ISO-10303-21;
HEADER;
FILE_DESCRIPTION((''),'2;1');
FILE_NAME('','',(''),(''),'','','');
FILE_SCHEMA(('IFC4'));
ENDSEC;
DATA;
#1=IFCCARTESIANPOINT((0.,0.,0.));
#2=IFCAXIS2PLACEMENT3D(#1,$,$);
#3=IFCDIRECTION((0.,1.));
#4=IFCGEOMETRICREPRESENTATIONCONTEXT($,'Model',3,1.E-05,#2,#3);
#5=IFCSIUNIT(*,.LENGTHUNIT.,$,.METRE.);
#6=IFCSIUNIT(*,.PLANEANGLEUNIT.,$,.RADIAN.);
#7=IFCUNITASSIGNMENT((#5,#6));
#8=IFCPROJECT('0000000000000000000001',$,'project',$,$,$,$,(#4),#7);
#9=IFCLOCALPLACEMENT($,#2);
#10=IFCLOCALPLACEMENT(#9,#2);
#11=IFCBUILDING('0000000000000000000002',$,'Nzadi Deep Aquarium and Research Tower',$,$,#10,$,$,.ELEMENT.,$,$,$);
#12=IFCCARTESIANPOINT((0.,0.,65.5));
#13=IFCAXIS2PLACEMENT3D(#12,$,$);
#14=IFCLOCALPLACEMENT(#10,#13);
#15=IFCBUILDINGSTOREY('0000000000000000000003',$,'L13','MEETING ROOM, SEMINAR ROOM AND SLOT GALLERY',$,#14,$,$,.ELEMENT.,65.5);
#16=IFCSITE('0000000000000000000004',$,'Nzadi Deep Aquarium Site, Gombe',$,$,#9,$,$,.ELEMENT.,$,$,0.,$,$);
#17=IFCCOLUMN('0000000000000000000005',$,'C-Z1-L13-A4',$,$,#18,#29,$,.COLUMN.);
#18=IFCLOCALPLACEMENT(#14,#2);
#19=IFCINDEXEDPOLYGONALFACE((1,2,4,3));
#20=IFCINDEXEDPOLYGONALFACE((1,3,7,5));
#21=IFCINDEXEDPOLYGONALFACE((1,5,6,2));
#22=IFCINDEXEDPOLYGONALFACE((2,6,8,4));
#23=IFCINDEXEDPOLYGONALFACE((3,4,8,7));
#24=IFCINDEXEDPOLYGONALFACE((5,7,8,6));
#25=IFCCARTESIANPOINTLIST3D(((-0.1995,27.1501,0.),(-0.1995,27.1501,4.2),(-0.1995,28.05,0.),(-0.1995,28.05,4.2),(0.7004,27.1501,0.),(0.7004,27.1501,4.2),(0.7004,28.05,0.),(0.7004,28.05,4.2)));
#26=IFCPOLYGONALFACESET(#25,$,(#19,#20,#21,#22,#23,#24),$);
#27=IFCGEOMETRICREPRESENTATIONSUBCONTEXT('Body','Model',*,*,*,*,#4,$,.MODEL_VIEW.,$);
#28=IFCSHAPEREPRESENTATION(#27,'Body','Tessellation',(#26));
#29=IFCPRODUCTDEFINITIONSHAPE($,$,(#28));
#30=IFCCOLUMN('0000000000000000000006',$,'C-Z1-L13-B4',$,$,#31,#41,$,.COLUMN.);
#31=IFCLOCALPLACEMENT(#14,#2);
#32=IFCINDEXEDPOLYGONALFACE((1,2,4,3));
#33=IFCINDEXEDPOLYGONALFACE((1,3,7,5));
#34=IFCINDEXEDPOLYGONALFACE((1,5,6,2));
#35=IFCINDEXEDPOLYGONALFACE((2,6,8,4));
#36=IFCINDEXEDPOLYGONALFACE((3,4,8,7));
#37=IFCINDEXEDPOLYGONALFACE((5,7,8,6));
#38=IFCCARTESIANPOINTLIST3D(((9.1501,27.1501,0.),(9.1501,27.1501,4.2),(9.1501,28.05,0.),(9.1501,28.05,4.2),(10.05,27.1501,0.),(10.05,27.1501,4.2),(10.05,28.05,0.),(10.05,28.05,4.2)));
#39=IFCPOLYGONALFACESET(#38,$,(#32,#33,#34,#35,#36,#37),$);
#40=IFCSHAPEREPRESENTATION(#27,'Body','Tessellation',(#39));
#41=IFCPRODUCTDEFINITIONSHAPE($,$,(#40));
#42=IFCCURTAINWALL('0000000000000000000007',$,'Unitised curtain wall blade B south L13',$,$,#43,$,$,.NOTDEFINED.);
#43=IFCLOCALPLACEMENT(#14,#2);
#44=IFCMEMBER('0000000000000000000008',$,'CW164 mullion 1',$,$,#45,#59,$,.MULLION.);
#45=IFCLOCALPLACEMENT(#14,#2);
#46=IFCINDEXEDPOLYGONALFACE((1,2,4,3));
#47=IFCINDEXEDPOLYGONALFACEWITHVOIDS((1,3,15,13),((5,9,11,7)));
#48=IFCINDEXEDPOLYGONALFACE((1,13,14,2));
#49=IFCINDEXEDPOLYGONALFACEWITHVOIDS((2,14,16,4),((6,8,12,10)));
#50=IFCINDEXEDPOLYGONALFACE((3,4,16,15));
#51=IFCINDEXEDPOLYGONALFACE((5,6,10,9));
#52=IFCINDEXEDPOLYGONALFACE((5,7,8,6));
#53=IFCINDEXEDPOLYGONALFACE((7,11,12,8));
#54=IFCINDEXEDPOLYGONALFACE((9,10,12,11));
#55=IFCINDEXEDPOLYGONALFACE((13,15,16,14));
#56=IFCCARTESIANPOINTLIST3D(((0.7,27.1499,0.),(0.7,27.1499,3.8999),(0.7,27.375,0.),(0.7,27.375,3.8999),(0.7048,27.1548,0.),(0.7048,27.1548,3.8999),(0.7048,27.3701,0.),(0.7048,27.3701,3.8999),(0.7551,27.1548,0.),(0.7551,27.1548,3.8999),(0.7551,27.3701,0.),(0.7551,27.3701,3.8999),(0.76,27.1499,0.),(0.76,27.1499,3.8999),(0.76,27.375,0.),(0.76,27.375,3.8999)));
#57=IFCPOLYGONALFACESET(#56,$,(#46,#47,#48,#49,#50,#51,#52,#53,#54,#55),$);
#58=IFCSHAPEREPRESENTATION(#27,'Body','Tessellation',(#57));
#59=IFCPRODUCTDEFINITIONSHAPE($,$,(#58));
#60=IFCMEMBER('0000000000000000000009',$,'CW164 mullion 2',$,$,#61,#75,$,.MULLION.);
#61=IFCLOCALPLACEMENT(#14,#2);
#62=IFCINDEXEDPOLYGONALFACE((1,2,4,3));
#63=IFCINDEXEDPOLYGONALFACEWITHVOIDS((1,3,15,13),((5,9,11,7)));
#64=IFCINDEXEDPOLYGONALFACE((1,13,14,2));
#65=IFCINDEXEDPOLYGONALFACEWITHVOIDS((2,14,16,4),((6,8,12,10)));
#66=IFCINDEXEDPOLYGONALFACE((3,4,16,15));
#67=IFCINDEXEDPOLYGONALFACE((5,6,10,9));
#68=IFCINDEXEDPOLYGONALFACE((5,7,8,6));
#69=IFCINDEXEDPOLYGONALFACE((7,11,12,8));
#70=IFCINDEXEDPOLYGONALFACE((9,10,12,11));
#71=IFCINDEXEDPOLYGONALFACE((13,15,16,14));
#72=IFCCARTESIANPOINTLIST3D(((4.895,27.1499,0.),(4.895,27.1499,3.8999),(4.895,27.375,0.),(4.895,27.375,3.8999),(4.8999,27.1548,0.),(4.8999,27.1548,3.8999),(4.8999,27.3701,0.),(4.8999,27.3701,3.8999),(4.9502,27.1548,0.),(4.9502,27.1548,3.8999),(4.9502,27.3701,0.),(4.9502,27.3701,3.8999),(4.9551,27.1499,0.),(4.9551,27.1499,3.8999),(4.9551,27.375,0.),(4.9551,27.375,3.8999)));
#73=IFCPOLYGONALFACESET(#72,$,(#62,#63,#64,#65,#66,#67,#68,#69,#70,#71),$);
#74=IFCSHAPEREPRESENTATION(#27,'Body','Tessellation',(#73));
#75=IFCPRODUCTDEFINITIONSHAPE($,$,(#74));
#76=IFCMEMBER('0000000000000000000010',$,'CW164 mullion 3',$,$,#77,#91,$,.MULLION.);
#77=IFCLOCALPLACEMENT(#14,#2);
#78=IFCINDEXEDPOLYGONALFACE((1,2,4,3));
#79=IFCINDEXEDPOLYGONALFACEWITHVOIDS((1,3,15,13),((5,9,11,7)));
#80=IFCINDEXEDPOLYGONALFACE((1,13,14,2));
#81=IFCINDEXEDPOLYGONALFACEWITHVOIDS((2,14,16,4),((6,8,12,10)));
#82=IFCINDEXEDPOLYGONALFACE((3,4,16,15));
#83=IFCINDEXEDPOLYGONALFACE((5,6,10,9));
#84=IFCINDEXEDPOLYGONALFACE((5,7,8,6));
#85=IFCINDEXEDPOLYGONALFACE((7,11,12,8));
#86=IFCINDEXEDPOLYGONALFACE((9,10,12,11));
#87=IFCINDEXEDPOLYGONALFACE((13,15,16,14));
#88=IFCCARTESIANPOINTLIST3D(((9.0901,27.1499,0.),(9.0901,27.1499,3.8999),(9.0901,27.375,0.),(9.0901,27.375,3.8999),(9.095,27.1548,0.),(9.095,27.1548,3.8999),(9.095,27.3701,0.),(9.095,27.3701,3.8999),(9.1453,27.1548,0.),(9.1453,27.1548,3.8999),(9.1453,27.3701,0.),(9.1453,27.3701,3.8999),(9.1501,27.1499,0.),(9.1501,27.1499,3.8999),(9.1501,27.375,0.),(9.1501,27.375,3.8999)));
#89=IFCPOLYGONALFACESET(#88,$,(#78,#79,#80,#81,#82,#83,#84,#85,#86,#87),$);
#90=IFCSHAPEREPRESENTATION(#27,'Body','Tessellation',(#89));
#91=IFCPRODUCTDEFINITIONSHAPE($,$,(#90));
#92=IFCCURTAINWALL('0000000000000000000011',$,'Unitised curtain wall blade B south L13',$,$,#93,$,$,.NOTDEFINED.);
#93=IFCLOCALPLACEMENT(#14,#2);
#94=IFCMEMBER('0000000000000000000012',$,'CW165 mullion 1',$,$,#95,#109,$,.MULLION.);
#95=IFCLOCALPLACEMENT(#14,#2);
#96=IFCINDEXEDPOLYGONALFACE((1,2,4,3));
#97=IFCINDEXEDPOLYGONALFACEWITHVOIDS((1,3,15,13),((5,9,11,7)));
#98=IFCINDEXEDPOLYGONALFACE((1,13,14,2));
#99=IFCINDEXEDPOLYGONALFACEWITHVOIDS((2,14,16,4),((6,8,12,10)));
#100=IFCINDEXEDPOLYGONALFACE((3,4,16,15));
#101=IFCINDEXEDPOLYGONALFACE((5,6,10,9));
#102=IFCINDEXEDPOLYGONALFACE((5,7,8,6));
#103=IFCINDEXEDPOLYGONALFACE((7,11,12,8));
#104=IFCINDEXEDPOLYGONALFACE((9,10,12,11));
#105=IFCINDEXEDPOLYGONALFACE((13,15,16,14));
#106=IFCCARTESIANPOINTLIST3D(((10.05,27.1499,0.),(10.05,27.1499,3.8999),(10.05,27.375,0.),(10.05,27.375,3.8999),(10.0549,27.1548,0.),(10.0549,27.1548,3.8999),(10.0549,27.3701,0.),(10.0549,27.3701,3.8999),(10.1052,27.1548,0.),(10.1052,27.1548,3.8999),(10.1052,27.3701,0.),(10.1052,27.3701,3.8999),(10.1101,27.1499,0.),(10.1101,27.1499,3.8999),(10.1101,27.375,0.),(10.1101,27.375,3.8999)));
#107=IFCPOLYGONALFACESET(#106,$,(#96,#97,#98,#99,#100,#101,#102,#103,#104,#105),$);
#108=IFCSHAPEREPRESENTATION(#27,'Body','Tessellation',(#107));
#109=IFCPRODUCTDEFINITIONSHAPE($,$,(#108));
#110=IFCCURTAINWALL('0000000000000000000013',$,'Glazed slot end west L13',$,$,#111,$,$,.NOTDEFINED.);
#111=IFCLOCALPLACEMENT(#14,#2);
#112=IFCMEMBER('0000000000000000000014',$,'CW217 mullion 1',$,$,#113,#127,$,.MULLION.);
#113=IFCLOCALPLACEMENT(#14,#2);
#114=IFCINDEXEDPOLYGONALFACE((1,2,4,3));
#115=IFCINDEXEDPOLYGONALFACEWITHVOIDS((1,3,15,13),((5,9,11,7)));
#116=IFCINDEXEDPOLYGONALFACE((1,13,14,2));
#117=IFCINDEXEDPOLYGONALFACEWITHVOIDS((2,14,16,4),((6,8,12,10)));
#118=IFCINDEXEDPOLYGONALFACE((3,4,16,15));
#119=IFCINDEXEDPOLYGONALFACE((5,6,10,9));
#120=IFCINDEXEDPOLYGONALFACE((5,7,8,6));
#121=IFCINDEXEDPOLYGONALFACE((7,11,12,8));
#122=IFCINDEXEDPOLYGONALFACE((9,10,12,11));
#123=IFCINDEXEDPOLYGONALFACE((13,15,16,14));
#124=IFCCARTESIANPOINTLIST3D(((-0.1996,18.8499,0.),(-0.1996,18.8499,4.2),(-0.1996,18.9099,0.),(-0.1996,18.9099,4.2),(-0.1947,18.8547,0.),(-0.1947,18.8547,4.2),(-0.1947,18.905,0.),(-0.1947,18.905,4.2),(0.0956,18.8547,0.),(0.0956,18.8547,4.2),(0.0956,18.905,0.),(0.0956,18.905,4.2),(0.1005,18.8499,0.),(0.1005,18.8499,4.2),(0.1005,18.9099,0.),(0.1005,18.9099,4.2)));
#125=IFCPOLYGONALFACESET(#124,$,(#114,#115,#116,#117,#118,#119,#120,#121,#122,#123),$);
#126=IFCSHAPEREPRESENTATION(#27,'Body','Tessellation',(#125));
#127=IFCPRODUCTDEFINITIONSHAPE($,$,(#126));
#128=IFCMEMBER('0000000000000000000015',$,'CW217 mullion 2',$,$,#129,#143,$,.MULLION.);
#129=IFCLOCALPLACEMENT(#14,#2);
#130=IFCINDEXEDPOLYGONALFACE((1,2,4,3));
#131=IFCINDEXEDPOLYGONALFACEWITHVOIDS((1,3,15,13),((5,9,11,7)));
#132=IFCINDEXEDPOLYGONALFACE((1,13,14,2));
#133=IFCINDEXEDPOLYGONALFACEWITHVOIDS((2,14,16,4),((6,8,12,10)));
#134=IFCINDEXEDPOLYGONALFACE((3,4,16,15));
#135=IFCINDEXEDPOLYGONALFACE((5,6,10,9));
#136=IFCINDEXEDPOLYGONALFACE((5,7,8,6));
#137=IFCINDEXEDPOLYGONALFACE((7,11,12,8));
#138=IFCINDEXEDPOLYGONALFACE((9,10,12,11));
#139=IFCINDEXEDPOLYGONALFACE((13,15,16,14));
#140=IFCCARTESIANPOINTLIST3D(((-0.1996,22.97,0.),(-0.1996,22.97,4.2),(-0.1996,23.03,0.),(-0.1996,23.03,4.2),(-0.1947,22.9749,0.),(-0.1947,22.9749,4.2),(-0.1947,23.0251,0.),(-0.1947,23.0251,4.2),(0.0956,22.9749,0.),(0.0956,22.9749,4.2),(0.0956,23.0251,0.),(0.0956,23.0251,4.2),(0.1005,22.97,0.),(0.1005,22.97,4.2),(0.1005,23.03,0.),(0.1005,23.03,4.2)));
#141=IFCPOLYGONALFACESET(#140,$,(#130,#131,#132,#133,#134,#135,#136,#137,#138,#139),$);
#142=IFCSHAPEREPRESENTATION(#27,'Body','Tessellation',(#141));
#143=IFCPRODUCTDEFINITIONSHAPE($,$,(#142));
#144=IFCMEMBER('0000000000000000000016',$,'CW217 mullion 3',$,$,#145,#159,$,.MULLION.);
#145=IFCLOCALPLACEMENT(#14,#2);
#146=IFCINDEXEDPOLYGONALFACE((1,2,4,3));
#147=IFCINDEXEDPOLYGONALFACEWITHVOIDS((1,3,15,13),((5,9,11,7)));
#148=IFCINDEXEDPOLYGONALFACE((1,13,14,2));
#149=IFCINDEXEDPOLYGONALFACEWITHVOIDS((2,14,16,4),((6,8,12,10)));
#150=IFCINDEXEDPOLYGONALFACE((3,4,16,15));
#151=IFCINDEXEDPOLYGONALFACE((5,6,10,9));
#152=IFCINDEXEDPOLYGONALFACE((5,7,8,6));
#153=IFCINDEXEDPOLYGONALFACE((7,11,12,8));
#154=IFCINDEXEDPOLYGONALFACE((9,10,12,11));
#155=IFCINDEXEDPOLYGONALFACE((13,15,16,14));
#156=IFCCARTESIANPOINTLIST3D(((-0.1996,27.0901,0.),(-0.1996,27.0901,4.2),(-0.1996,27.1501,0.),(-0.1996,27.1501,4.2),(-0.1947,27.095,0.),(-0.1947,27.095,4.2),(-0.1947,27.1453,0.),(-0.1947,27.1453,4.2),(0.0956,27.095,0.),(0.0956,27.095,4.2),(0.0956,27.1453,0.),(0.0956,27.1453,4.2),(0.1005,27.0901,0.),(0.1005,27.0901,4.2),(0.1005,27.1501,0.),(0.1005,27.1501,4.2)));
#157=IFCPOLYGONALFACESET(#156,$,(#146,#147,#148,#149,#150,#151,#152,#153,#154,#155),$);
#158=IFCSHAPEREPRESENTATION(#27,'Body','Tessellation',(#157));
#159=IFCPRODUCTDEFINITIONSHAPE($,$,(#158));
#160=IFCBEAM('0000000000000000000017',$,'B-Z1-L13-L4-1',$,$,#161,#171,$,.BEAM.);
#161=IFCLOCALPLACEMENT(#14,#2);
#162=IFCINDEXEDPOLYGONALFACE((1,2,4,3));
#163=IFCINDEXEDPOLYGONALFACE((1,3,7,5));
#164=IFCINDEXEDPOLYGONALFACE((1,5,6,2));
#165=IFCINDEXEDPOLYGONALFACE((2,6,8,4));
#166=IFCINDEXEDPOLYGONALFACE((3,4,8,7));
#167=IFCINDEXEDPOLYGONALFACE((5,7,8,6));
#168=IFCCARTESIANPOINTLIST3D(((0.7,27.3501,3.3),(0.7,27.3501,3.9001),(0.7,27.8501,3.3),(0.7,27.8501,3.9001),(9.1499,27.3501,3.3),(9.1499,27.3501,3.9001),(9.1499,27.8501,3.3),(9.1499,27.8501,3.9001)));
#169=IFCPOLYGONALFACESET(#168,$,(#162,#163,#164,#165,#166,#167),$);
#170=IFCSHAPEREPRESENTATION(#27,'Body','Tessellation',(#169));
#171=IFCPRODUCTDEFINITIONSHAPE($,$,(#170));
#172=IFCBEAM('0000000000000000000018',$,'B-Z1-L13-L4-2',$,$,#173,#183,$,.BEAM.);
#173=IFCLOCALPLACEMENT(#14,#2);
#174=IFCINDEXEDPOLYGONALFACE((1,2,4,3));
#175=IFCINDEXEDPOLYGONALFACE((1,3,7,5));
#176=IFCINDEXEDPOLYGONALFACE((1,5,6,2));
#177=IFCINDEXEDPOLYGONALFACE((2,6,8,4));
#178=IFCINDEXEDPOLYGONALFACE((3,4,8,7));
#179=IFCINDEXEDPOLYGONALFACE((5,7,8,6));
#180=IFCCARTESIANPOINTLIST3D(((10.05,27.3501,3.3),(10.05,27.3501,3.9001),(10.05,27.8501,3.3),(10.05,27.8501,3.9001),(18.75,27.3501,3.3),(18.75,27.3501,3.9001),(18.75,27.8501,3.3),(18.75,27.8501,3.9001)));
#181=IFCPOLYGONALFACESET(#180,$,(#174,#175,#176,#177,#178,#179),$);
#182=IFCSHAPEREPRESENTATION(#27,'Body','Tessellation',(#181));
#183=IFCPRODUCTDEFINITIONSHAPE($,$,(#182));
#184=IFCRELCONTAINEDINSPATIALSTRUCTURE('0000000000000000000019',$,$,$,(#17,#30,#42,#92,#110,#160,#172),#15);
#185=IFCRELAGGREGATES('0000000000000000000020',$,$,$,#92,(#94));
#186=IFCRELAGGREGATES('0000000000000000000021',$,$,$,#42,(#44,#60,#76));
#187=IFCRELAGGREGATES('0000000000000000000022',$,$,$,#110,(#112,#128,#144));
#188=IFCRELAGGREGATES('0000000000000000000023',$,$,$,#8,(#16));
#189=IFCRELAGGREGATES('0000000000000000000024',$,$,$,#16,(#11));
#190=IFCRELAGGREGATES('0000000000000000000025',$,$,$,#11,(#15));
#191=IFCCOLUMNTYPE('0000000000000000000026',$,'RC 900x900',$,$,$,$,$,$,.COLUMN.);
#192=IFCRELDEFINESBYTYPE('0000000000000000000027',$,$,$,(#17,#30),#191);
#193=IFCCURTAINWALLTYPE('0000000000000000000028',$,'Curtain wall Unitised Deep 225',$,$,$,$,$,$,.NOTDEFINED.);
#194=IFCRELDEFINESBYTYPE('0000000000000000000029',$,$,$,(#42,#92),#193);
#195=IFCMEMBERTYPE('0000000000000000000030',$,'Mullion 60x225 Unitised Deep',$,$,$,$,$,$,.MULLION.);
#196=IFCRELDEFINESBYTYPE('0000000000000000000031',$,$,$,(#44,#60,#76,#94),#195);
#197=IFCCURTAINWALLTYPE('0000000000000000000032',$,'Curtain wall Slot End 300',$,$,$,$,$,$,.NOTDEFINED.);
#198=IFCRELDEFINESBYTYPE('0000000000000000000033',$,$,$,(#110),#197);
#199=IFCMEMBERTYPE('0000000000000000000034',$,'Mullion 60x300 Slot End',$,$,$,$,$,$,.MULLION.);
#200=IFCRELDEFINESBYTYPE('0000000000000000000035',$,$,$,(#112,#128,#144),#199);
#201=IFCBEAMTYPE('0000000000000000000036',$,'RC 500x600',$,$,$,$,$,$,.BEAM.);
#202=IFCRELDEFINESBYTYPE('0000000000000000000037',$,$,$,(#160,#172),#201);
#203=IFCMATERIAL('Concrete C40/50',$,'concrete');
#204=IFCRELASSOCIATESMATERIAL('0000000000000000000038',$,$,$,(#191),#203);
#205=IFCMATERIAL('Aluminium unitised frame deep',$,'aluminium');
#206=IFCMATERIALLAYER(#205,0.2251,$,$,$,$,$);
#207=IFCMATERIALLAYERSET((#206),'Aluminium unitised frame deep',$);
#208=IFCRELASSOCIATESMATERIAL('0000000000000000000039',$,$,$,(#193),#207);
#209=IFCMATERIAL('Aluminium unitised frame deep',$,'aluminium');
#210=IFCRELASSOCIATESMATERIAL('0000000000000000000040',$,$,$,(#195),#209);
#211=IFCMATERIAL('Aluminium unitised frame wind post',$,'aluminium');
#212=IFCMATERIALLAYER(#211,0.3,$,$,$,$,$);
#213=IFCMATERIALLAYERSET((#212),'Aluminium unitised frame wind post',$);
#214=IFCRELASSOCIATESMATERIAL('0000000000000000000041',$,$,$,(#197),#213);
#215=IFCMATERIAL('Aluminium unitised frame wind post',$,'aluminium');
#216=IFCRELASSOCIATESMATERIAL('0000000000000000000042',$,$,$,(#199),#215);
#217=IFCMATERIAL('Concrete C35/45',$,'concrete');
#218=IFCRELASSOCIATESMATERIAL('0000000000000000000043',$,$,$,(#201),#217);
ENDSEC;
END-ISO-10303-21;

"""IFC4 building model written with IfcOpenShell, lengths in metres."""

from ifc_helpers import new_model, si_unit, direction, frame, origin, origin_2d, place, context, subcontext, project, spatial, rectangle, hollow_rectangle, extrude, material, layer, layer_set, material_profile, profile_set, type_object, element, aggregate, save


model = new_model("IFC4")

# Units and contexts
model_context = context("Model", 3, precision=1e-05, world=origin(), true_north=direction((0.0, 1.0)))
body_context = subcontext(model_context, "Body", "Model", "MODEL_VIEW")
ifc_project = project(units=[si_unit("LENGTHUNIT", "METRE"), si_unit("PLANEANGLEUNIT", "RADIAN")], contexts=[model_context])

# Site, building, storey
site_placement = place(None, origin())
site = spatial("IfcSite", under=ifc_project, at=site_placement, Name="Nzadi Deep Aquarium Site, Gombe", CompositionType="ELEMENT", RefElevation=0.0)
building_placement = place(site_placement, origin())
building = spatial("IfcBuilding", under=site, at=building_placement, Name="Nzadi Deep Aquarium and Research Tower", CompositionType="ELEMENT")
storey_placement = place(building_placement, frame((0.0, 0.0, 65.5)))
storey = spatial("IfcBuildingStorey", under=building, at=storey_placement, Name="L13", Description="MEETING ROOM, SEMINAR ROOM AND SLOT GALLERY", CompositionType="ELEMENT", Elevation=65.5)

# Columns
ifc_material_1 = material(Name="Concrete C40/50", Category="concrete")
ifc_material_profile_1 = material_profile(ifc_material_1, rectangle(XDim=0.8999, YDim=0.8999, at=origin_2d()))
ifc_profile_set_1 = profile_set([ifc_material_profile_1], Name="Concrete C40/50")
column_type = type_object("IfcColumnType", Name="RC 900x900", PredefinedType="COLUMN", material=ifc_profile_set_1)
for number, where, z_axis, x_axis, name in (
    (1, (0.2505, 27.6001, 0.0), (0.0, 0.0, 1.0), (1.0, 0.0, 0.0), "C-Z1-L13-A4"),
    (2, (9.6001, 27.6001, 0.0), (0.0, 0.0, 1.0), (1.0, 0.0, 0.0), "C-Z1-L13-B4"),
):
    element("IfcColumn", number, at=place(storey_placement, frame(where, z_axis=z_axis, x_axis=x_axis)), inside=storey, type_object=column_type, Name=name, PredefinedType="COLUMN", context=body_context, shape_type="SweptSolid", body=[
        extrude(rectangle(XDim=0.8999, YDim=0.8999, at=origin_2d()), origin(), (0.0, 0.0, 1.0), 4.2),
    ])

# Curtain wall, members
ifc_material_2 = material(Name="Aluminium unitised frame deep", Category="aluminium")
ifc_layer_1 = layer(ifc_material_2, 0.2251)
ifc_layer_set_1 = layer_set([ifc_layer_1], Name="Aluminium unitised frame deep")
curtain_wall_type_1 = type_object("IfcCurtainWallType", Name="Curtain wall Unitised Deep 225", PredefinedType="NOTDEFINED", material=ifc_layer_set_1)
curtain_wall_1_placement = place(storey_placement, origin())
curtain_wall_1 = element("IfcCurtainWall", 3, at=curtain_wall_1_placement, inside=storey, type_object=curtain_wall_type_1, Name="Unitised curtain wall blade B south L13", PredefinedType="NOTDEFINED")
ifc_material_3 = material(Name="Aluminium unitised frame deep", Category="aluminium")
ifc_material_profile_2 = material_profile(ifc_material_3, hollow_rectangle(XDim=0.2251, YDim=0.0601, WallThickness=0.0049, at=origin_2d()))
ifc_profile_set_2 = profile_set([ifc_material_profile_2], Name="Aluminium unitised frame deep")
member_type_1 = type_object("IfcMemberType", Name="Mullion 60x225 Unitised Deep", PredefinedType="MULLION", material=ifc_profile_set_2)
member_1_placement = place(storey_placement, frame((0.73, 27.2625, 0.0), z_axis=(0.0, 0.0, 1.0), x_axis=(0.0, 1.0, 0.0)))
member_1 = element("IfcMember", 4, at=member_1_placement, type_object=member_type_1, Name="CW164 mullion 1", PredefinedType="MULLION", context=body_context, shape_type="SweptSolid", body=[
    extrude(hollow_rectangle(XDim=0.2251, YDim=0.0601, WallThickness=0.0049, at=origin_2d()), origin(), (0.0, 0.0, 1.0), 3.8999),
])
member_2_placement = place(storey_placement, frame((4.925, 27.2625, 0.0), z_axis=(0.0, 0.0, 1.0), x_axis=(0.0, 1.0, 0.0)))
member_2 = element("IfcMember", 5, at=member_2_placement, type_object=member_type_1, Name="CW164 mullion 2", PredefinedType="MULLION", context=body_context, shape_type="SweptSolid", body=[
    extrude(hollow_rectangle(XDim=0.2251, YDim=0.0601, WallThickness=0.0049, at=origin_2d()), origin(), (0.0, 0.0, 1.0), 3.8999),
])
member_3_placement = place(storey_placement, frame((9.1201, 27.2625, 0.0), z_axis=(0.0, 0.0, 1.0), x_axis=(0.0, 1.0, 0.0)))
member_3 = element("IfcMember", 6, at=member_3_placement, type_object=member_type_1, Name="CW164 mullion 3", PredefinedType="MULLION", context=body_context, shape_type="SweptSolid", body=[
    extrude(hollow_rectangle(XDim=0.2251, YDim=0.0601, WallThickness=0.0049, at=origin_2d()), origin(), (0.0, 0.0, 1.0), 3.8999),
])

# Curtain wall, member
curtain_wall_2_placement = place(storey_placement, origin())
curtain_wall_2 = element("IfcCurtainWall", 7, at=curtain_wall_2_placement, inside=storey, type_object=curtain_wall_type_1, Name="Unitised curtain wall blade B south L13", PredefinedType="NOTDEFINED")
member_4_placement = place(storey_placement, frame((10.0801, 27.2625, 0.0), z_axis=(0.0, 0.0, 1.0), x_axis=(0.0, 1.0, 0.0)))
member_4 = element("IfcMember", 8, at=member_4_placement, type_object=member_type_1, Name="CW165 mullion 1", PredefinedType="MULLION", context=body_context, shape_type="SweptSolid", body=[
    extrude(hollow_rectangle(XDim=0.2251, YDim=0.0601, WallThickness=0.0049, at=origin_2d()), origin(), (0.0, 0.0, 1.0), 3.8999),
])

# Curtain wall, members
ifc_material_4 = material(Name="Aluminium unitised frame wind post", Category="aluminium")
ifc_layer_2 = layer(ifc_material_4, 0.3)
ifc_layer_set_2 = layer_set([ifc_layer_2], Name="Aluminium unitised frame wind post")
curtain_wall_type_2 = type_object("IfcCurtainWallType", Name="Curtain wall Slot End 300", PredefinedType="NOTDEFINED", material=ifc_layer_set_2)
curtain_wall_3_placement = place(storey_placement, origin())
curtain_wall_3 = element("IfcCurtainWall", 9, at=curtain_wall_3_placement, inside=storey, type_object=curtain_wall_type_2, Name="Glazed slot end west L13", PredefinedType="NOTDEFINED")
ifc_material_5 = material(Name="Aluminium unitised frame wind post", Category="aluminium")
ifc_material_profile_3 = material_profile(ifc_material_5, hollow_rectangle(XDim=0.3, YDim=0.0601, WallThickness=0.0049, at=origin_2d()))
ifc_profile_set_3 = profile_set([ifc_material_profile_3], Name="Aluminium unitised frame wind post")
member_type_2 = type_object("IfcMemberType", Name="Mullion 60x300 Slot End", PredefinedType="MULLION", material=ifc_profile_set_3)
member_5_placement = place(storey_placement, frame((-0.0496, 18.8799, 0.0), z_axis=(0.0, 0.0, 1.0), x_axis=(-1.0, 0.0, 0.0)))
member_5 = element("IfcMember", 10, at=member_5_placement, type_object=member_type_2, Name="CW217 mullion 1", PredefinedType="MULLION", context=body_context, shape_type="SweptSolid", body=[
    extrude(hollow_rectangle(XDim=0.3, YDim=0.0601, WallThickness=0.0049, at=origin_2d()), origin(), (0.0, 0.0, 1.0), 4.2),
])
member_6_placement = place(storey_placement, frame((-0.0496, 23.0, 0.0), z_axis=(0.0, 0.0, 1.0), x_axis=(-1.0, 0.0, 0.0)))
member_6 = element("IfcMember", 11, at=member_6_placement, type_object=member_type_2, Name="CW217 mullion 2", PredefinedType="MULLION", context=body_context, shape_type="SweptSolid", body=[
    extrude(hollow_rectangle(XDim=0.3, YDim=0.0601, WallThickness=0.0049, at=origin_2d()), origin(), (0.0, 0.0, 1.0), 4.2),
])
member_7_placement = place(storey_placement, frame((-0.0496, 27.1201, 0.0), z_axis=(0.0, 0.0, 1.0), x_axis=(-1.0, 0.0, 0.0)))
member_7 = element("IfcMember", 12, at=member_7_placement, type_object=member_type_2, Name="CW217 mullion 3", PredefinedType="MULLION", context=body_context, shape_type="SweptSolid", body=[
    extrude(hollow_rectangle(XDim=0.3, YDim=0.0601, WallThickness=0.0049, at=origin_2d()), origin(), (0.0, 0.0, 1.0), 4.2),
])

# Beams
ifc_material_6 = material(Name="Concrete C35/45", Category="concrete")
ifc_material_profile_4 = material_profile(ifc_material_6, rectangle(XDim=0.5, YDim=0.6001, at=origin_2d()))
ifc_profile_set_4 = profile_set([ifc_material_profile_4], Name="Concrete C35/45")
beam_type = type_object("IfcBeamType", Name="RC 500x600", PredefinedType="BEAM", material=ifc_profile_set_4)
beam_1_placement = place(storey_placement, frame((0.7, 27.6001, 3.6001), z_axis=(1.0, 0.0, 0.0), x_axis=(0.0, 1.0, 0.0)))
element("IfcBeam", 13, at=beam_1_placement, inside=storey, type_object=beam_type, Name="B-Z1-L13-L4-1", PredefinedType="BEAM", context=body_context, shape_type="SweptSolid", body=[
    extrude(rectangle(XDim=0.5, YDim=0.6001, at=origin_2d()), origin(), (0.0, 0.0, 1.0), 8.45),
])
beam_2_placement = place(storey_placement, frame((10.05, 27.6001, 3.6001), z_axis=(1.0, 0.0, 0.0), x_axis=(0.0, 1.0, 0.0)))
element("IfcBeam", 14, at=beam_2_placement, inside=storey, type_object=beam_type, Name="B-Z1-L13-L4-2", PredefinedType="BEAM", context=body_context, shape_type="SweptSolid", body=[
    extrude(rectangle(XDim=0.5, YDim=0.6001, at=origin_2d()), origin(), (0.0, 0.0, 1.0), 8.7),
])

aggregate(curtain_wall_2, [member_4])

aggregate(curtain_wall_1, [member_1, member_2, member_3])
aggregate(curtain_wall_3, [member_5, member_6, member_7])

save(model, "model.ifc")
